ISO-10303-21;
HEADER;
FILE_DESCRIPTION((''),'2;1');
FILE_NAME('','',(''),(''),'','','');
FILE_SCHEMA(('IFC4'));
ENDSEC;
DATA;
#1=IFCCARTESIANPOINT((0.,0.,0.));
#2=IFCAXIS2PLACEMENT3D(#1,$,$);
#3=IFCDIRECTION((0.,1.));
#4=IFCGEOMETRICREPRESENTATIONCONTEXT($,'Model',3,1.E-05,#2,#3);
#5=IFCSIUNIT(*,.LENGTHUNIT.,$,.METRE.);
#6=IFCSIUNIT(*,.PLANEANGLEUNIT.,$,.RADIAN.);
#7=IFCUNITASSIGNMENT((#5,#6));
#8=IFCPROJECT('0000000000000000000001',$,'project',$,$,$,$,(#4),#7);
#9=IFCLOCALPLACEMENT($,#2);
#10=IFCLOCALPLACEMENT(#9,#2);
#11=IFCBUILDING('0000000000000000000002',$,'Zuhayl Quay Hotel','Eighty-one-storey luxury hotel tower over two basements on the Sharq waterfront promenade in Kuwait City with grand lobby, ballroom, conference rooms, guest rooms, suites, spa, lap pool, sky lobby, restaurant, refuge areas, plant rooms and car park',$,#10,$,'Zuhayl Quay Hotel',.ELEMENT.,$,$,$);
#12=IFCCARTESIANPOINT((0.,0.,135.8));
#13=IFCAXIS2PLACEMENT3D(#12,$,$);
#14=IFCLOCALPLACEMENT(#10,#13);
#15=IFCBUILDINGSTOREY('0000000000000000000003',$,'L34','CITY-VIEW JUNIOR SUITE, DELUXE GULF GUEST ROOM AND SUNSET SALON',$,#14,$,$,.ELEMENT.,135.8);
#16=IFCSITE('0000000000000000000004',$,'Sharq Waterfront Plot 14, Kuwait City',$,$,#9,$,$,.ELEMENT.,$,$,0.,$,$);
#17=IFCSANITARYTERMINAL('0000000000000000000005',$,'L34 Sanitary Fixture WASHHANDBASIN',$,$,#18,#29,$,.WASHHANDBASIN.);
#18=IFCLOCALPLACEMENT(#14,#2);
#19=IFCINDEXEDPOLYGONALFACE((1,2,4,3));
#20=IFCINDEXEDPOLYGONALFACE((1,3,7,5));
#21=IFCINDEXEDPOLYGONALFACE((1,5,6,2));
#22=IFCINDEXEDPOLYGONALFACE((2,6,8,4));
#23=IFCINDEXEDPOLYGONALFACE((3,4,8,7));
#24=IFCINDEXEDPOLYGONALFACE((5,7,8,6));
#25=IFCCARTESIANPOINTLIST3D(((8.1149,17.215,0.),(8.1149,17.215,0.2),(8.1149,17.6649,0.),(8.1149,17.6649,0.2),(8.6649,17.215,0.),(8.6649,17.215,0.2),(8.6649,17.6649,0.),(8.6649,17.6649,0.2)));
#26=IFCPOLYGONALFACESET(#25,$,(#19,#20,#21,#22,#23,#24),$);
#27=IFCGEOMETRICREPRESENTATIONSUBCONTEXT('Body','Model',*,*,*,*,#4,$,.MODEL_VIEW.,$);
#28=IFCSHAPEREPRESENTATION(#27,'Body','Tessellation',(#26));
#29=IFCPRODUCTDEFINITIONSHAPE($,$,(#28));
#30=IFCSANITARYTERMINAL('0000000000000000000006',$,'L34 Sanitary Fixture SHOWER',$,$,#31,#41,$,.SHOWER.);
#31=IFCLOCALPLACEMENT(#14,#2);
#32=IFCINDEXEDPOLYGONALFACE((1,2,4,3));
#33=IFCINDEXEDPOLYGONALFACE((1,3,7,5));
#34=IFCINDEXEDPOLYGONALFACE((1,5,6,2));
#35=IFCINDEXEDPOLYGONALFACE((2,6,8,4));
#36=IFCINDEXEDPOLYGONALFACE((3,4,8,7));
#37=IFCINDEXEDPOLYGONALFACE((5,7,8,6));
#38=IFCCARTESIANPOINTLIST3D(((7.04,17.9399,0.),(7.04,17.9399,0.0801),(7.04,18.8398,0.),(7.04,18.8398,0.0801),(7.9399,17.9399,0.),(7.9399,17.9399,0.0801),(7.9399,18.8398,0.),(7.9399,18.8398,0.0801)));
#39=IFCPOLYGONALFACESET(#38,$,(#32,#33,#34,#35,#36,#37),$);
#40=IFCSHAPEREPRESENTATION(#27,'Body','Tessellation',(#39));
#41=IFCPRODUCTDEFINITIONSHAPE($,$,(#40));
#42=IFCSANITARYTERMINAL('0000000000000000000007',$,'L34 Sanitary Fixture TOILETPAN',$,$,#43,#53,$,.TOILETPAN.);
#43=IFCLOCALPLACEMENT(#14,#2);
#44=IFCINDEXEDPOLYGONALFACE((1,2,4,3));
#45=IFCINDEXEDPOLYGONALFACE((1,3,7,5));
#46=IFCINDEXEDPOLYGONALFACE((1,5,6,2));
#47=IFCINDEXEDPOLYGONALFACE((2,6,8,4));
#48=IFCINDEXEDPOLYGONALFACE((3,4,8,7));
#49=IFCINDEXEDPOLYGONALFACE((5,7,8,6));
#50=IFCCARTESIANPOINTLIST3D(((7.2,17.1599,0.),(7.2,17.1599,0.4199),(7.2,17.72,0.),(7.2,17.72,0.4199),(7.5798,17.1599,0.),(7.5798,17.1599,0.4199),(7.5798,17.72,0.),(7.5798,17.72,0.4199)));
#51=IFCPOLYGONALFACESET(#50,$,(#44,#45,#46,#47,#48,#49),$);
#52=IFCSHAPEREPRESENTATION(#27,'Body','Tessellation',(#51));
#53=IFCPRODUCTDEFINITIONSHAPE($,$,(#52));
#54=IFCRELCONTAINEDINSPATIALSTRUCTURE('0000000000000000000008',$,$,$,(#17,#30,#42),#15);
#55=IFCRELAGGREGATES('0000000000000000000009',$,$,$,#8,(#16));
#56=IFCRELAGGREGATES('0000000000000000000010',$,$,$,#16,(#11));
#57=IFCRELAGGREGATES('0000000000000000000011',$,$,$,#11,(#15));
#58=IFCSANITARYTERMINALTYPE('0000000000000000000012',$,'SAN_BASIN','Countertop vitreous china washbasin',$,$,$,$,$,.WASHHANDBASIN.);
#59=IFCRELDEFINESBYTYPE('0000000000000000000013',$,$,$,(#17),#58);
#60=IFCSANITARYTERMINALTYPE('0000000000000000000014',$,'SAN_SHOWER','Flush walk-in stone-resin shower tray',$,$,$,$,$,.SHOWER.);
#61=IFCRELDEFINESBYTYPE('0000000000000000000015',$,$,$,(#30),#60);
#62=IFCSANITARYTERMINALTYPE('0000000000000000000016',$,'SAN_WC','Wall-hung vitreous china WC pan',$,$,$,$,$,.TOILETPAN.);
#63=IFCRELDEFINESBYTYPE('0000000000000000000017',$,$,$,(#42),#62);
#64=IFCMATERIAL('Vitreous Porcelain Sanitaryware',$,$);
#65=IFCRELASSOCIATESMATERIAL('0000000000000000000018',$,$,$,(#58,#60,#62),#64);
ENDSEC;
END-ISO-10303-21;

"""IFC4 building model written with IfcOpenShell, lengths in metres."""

from ifc_helpers import new_model, si_unit, direction, frame, origin, origin_2d, place, context, subcontext, project, spatial, rectangle, extrude, material, type_object, element, save


model = new_model("IFC4")

# Units and contexts
model_context = context("Model", 3, precision=1e-05, world=origin(), true_north=direction((0.0, 1.0)))
body_context = subcontext(model_context, "Body", "Model", "MODEL_VIEW")
ifc_project = project(units=[si_unit("LENGTHUNIT", "METRE"), si_unit("PLANEANGLEUNIT", "RADIAN")], contexts=[model_context])

# Site, building, storey
site_placement = place(None, origin())
site = spatial("IfcSite", under=ifc_project, at=site_placement, Name="Sharq Waterfront Plot 14, Kuwait City", CompositionType="ELEMENT", RefElevation=0.0)
building_placement = place(site_placement, origin())
building = spatial("IfcBuilding", under=site, at=building_placement, Name="Zuhayl Quay Hotel", Description="Eighty-one-storey luxury hotel tower over two basements on the Sharq waterfront promenade in Kuwait City with grand lobby, ballroom, conference rooms, guest rooms, suites, spa, lap pool, sky lobby, restaurant, refuge areas, plant rooms and car park", LongName="Zuhayl Quay Hotel", CompositionType="ELEMENT")
storey_placement = place(building_placement, frame((0.0, 0.0, 135.8)))
storey = spatial("IfcBuildingStorey", under=building, at=storey_placement, Name="L34", Description="CITY-VIEW JUNIOR SUITE, DELUXE GULF GUEST ROOM AND SUNSET SALON", CompositionType="ELEMENT", Elevation=135.8)

# Sanitary terminals
ifc_material_1 = material(Name="Vitreous Porcelain Sanitaryware")
sanitary_terminal_type_1 = type_object("IfcSanitaryTerminalType", Name="SAN_BASIN", Description="Countertop vitreous china washbasin", PredefinedType="WASHHANDBASIN", material=ifc_material_1)
sanitary_terminal_1_placement = place(storey_placement, frame((8.3899, 17.4399, 0.0), z_axis=(0.0, 0.0, 1.0), x_axis=(1.0, 0.0, 0.0)))
element("IfcSanitaryTerminal", 1, at=sanitary_terminal_1_placement, inside=storey, type_object=sanitary_terminal_type_1, Name="L34 Sanitary Fixture WASHHANDBASIN", PredefinedType="WASHHANDBASIN", context=body_context, shape_type="SweptSolid", body=[
    extrude(rectangle(XDim=0.55, YDim=0.45, at=origin_2d()), origin(), (0.0, 0.0, 1.0), 0.2),
])
sanitary_terminal_type_2 = type_object("IfcSanitaryTerminalType", Name="SAN_SHOWER", Description="Flush walk-in stone-resin shower tray", PredefinedType="SHOWER", material=ifc_material_1)
sanitary_terminal_2_placement = place(storey_placement, frame((7.49, 18.3899, 0.0), z_axis=(0.0, 0.0, 1.0), x_axis=(1.0, 0.0, 0.0)))
element("IfcSanitaryTerminal", 2, at=sanitary_terminal_2_placement, inside=storey, type_object=sanitary_terminal_type_2, Name="L34 Sanitary Fixture SHOWER", PredefinedType="SHOWER", context=body_context, shape_type="SweptSolid", body=[
    extrude(rectangle(XDim=0.8999, YDim=0.8999, at=origin_2d()), origin(), (0.0, 0.0, 1.0), 0.0801),
])
sanitary_terminal_type_3 = type_object("IfcSanitaryTerminalType", Name="SAN_WC", Description="Wall-hung vitreous china WC pan", PredefinedType="TOILETPAN", material=ifc_material_1)
sanitary_terminal_3_placement = place(storey_placement, frame((7.3899, 17.4399, 0.0), z_axis=(0.0, 0.0, 1.0), x_axis=(1.0, 0.0, 0.0)))
element("IfcSanitaryTerminal", 3, at=sanitary_terminal_3_placement, inside=storey, type_object=sanitary_terminal_type_3, Name="L34 Sanitary Fixture TOILETPAN", PredefinedType="TOILETPAN", context=body_context, shape_type="SweptSolid", body=[
    extrude(rectangle(XDim=0.3799, YDim=0.5601, at=origin_2d()), origin(), (0.0, 0.0, 1.0), 0.4199),
])

save(model, "model.ifc")
